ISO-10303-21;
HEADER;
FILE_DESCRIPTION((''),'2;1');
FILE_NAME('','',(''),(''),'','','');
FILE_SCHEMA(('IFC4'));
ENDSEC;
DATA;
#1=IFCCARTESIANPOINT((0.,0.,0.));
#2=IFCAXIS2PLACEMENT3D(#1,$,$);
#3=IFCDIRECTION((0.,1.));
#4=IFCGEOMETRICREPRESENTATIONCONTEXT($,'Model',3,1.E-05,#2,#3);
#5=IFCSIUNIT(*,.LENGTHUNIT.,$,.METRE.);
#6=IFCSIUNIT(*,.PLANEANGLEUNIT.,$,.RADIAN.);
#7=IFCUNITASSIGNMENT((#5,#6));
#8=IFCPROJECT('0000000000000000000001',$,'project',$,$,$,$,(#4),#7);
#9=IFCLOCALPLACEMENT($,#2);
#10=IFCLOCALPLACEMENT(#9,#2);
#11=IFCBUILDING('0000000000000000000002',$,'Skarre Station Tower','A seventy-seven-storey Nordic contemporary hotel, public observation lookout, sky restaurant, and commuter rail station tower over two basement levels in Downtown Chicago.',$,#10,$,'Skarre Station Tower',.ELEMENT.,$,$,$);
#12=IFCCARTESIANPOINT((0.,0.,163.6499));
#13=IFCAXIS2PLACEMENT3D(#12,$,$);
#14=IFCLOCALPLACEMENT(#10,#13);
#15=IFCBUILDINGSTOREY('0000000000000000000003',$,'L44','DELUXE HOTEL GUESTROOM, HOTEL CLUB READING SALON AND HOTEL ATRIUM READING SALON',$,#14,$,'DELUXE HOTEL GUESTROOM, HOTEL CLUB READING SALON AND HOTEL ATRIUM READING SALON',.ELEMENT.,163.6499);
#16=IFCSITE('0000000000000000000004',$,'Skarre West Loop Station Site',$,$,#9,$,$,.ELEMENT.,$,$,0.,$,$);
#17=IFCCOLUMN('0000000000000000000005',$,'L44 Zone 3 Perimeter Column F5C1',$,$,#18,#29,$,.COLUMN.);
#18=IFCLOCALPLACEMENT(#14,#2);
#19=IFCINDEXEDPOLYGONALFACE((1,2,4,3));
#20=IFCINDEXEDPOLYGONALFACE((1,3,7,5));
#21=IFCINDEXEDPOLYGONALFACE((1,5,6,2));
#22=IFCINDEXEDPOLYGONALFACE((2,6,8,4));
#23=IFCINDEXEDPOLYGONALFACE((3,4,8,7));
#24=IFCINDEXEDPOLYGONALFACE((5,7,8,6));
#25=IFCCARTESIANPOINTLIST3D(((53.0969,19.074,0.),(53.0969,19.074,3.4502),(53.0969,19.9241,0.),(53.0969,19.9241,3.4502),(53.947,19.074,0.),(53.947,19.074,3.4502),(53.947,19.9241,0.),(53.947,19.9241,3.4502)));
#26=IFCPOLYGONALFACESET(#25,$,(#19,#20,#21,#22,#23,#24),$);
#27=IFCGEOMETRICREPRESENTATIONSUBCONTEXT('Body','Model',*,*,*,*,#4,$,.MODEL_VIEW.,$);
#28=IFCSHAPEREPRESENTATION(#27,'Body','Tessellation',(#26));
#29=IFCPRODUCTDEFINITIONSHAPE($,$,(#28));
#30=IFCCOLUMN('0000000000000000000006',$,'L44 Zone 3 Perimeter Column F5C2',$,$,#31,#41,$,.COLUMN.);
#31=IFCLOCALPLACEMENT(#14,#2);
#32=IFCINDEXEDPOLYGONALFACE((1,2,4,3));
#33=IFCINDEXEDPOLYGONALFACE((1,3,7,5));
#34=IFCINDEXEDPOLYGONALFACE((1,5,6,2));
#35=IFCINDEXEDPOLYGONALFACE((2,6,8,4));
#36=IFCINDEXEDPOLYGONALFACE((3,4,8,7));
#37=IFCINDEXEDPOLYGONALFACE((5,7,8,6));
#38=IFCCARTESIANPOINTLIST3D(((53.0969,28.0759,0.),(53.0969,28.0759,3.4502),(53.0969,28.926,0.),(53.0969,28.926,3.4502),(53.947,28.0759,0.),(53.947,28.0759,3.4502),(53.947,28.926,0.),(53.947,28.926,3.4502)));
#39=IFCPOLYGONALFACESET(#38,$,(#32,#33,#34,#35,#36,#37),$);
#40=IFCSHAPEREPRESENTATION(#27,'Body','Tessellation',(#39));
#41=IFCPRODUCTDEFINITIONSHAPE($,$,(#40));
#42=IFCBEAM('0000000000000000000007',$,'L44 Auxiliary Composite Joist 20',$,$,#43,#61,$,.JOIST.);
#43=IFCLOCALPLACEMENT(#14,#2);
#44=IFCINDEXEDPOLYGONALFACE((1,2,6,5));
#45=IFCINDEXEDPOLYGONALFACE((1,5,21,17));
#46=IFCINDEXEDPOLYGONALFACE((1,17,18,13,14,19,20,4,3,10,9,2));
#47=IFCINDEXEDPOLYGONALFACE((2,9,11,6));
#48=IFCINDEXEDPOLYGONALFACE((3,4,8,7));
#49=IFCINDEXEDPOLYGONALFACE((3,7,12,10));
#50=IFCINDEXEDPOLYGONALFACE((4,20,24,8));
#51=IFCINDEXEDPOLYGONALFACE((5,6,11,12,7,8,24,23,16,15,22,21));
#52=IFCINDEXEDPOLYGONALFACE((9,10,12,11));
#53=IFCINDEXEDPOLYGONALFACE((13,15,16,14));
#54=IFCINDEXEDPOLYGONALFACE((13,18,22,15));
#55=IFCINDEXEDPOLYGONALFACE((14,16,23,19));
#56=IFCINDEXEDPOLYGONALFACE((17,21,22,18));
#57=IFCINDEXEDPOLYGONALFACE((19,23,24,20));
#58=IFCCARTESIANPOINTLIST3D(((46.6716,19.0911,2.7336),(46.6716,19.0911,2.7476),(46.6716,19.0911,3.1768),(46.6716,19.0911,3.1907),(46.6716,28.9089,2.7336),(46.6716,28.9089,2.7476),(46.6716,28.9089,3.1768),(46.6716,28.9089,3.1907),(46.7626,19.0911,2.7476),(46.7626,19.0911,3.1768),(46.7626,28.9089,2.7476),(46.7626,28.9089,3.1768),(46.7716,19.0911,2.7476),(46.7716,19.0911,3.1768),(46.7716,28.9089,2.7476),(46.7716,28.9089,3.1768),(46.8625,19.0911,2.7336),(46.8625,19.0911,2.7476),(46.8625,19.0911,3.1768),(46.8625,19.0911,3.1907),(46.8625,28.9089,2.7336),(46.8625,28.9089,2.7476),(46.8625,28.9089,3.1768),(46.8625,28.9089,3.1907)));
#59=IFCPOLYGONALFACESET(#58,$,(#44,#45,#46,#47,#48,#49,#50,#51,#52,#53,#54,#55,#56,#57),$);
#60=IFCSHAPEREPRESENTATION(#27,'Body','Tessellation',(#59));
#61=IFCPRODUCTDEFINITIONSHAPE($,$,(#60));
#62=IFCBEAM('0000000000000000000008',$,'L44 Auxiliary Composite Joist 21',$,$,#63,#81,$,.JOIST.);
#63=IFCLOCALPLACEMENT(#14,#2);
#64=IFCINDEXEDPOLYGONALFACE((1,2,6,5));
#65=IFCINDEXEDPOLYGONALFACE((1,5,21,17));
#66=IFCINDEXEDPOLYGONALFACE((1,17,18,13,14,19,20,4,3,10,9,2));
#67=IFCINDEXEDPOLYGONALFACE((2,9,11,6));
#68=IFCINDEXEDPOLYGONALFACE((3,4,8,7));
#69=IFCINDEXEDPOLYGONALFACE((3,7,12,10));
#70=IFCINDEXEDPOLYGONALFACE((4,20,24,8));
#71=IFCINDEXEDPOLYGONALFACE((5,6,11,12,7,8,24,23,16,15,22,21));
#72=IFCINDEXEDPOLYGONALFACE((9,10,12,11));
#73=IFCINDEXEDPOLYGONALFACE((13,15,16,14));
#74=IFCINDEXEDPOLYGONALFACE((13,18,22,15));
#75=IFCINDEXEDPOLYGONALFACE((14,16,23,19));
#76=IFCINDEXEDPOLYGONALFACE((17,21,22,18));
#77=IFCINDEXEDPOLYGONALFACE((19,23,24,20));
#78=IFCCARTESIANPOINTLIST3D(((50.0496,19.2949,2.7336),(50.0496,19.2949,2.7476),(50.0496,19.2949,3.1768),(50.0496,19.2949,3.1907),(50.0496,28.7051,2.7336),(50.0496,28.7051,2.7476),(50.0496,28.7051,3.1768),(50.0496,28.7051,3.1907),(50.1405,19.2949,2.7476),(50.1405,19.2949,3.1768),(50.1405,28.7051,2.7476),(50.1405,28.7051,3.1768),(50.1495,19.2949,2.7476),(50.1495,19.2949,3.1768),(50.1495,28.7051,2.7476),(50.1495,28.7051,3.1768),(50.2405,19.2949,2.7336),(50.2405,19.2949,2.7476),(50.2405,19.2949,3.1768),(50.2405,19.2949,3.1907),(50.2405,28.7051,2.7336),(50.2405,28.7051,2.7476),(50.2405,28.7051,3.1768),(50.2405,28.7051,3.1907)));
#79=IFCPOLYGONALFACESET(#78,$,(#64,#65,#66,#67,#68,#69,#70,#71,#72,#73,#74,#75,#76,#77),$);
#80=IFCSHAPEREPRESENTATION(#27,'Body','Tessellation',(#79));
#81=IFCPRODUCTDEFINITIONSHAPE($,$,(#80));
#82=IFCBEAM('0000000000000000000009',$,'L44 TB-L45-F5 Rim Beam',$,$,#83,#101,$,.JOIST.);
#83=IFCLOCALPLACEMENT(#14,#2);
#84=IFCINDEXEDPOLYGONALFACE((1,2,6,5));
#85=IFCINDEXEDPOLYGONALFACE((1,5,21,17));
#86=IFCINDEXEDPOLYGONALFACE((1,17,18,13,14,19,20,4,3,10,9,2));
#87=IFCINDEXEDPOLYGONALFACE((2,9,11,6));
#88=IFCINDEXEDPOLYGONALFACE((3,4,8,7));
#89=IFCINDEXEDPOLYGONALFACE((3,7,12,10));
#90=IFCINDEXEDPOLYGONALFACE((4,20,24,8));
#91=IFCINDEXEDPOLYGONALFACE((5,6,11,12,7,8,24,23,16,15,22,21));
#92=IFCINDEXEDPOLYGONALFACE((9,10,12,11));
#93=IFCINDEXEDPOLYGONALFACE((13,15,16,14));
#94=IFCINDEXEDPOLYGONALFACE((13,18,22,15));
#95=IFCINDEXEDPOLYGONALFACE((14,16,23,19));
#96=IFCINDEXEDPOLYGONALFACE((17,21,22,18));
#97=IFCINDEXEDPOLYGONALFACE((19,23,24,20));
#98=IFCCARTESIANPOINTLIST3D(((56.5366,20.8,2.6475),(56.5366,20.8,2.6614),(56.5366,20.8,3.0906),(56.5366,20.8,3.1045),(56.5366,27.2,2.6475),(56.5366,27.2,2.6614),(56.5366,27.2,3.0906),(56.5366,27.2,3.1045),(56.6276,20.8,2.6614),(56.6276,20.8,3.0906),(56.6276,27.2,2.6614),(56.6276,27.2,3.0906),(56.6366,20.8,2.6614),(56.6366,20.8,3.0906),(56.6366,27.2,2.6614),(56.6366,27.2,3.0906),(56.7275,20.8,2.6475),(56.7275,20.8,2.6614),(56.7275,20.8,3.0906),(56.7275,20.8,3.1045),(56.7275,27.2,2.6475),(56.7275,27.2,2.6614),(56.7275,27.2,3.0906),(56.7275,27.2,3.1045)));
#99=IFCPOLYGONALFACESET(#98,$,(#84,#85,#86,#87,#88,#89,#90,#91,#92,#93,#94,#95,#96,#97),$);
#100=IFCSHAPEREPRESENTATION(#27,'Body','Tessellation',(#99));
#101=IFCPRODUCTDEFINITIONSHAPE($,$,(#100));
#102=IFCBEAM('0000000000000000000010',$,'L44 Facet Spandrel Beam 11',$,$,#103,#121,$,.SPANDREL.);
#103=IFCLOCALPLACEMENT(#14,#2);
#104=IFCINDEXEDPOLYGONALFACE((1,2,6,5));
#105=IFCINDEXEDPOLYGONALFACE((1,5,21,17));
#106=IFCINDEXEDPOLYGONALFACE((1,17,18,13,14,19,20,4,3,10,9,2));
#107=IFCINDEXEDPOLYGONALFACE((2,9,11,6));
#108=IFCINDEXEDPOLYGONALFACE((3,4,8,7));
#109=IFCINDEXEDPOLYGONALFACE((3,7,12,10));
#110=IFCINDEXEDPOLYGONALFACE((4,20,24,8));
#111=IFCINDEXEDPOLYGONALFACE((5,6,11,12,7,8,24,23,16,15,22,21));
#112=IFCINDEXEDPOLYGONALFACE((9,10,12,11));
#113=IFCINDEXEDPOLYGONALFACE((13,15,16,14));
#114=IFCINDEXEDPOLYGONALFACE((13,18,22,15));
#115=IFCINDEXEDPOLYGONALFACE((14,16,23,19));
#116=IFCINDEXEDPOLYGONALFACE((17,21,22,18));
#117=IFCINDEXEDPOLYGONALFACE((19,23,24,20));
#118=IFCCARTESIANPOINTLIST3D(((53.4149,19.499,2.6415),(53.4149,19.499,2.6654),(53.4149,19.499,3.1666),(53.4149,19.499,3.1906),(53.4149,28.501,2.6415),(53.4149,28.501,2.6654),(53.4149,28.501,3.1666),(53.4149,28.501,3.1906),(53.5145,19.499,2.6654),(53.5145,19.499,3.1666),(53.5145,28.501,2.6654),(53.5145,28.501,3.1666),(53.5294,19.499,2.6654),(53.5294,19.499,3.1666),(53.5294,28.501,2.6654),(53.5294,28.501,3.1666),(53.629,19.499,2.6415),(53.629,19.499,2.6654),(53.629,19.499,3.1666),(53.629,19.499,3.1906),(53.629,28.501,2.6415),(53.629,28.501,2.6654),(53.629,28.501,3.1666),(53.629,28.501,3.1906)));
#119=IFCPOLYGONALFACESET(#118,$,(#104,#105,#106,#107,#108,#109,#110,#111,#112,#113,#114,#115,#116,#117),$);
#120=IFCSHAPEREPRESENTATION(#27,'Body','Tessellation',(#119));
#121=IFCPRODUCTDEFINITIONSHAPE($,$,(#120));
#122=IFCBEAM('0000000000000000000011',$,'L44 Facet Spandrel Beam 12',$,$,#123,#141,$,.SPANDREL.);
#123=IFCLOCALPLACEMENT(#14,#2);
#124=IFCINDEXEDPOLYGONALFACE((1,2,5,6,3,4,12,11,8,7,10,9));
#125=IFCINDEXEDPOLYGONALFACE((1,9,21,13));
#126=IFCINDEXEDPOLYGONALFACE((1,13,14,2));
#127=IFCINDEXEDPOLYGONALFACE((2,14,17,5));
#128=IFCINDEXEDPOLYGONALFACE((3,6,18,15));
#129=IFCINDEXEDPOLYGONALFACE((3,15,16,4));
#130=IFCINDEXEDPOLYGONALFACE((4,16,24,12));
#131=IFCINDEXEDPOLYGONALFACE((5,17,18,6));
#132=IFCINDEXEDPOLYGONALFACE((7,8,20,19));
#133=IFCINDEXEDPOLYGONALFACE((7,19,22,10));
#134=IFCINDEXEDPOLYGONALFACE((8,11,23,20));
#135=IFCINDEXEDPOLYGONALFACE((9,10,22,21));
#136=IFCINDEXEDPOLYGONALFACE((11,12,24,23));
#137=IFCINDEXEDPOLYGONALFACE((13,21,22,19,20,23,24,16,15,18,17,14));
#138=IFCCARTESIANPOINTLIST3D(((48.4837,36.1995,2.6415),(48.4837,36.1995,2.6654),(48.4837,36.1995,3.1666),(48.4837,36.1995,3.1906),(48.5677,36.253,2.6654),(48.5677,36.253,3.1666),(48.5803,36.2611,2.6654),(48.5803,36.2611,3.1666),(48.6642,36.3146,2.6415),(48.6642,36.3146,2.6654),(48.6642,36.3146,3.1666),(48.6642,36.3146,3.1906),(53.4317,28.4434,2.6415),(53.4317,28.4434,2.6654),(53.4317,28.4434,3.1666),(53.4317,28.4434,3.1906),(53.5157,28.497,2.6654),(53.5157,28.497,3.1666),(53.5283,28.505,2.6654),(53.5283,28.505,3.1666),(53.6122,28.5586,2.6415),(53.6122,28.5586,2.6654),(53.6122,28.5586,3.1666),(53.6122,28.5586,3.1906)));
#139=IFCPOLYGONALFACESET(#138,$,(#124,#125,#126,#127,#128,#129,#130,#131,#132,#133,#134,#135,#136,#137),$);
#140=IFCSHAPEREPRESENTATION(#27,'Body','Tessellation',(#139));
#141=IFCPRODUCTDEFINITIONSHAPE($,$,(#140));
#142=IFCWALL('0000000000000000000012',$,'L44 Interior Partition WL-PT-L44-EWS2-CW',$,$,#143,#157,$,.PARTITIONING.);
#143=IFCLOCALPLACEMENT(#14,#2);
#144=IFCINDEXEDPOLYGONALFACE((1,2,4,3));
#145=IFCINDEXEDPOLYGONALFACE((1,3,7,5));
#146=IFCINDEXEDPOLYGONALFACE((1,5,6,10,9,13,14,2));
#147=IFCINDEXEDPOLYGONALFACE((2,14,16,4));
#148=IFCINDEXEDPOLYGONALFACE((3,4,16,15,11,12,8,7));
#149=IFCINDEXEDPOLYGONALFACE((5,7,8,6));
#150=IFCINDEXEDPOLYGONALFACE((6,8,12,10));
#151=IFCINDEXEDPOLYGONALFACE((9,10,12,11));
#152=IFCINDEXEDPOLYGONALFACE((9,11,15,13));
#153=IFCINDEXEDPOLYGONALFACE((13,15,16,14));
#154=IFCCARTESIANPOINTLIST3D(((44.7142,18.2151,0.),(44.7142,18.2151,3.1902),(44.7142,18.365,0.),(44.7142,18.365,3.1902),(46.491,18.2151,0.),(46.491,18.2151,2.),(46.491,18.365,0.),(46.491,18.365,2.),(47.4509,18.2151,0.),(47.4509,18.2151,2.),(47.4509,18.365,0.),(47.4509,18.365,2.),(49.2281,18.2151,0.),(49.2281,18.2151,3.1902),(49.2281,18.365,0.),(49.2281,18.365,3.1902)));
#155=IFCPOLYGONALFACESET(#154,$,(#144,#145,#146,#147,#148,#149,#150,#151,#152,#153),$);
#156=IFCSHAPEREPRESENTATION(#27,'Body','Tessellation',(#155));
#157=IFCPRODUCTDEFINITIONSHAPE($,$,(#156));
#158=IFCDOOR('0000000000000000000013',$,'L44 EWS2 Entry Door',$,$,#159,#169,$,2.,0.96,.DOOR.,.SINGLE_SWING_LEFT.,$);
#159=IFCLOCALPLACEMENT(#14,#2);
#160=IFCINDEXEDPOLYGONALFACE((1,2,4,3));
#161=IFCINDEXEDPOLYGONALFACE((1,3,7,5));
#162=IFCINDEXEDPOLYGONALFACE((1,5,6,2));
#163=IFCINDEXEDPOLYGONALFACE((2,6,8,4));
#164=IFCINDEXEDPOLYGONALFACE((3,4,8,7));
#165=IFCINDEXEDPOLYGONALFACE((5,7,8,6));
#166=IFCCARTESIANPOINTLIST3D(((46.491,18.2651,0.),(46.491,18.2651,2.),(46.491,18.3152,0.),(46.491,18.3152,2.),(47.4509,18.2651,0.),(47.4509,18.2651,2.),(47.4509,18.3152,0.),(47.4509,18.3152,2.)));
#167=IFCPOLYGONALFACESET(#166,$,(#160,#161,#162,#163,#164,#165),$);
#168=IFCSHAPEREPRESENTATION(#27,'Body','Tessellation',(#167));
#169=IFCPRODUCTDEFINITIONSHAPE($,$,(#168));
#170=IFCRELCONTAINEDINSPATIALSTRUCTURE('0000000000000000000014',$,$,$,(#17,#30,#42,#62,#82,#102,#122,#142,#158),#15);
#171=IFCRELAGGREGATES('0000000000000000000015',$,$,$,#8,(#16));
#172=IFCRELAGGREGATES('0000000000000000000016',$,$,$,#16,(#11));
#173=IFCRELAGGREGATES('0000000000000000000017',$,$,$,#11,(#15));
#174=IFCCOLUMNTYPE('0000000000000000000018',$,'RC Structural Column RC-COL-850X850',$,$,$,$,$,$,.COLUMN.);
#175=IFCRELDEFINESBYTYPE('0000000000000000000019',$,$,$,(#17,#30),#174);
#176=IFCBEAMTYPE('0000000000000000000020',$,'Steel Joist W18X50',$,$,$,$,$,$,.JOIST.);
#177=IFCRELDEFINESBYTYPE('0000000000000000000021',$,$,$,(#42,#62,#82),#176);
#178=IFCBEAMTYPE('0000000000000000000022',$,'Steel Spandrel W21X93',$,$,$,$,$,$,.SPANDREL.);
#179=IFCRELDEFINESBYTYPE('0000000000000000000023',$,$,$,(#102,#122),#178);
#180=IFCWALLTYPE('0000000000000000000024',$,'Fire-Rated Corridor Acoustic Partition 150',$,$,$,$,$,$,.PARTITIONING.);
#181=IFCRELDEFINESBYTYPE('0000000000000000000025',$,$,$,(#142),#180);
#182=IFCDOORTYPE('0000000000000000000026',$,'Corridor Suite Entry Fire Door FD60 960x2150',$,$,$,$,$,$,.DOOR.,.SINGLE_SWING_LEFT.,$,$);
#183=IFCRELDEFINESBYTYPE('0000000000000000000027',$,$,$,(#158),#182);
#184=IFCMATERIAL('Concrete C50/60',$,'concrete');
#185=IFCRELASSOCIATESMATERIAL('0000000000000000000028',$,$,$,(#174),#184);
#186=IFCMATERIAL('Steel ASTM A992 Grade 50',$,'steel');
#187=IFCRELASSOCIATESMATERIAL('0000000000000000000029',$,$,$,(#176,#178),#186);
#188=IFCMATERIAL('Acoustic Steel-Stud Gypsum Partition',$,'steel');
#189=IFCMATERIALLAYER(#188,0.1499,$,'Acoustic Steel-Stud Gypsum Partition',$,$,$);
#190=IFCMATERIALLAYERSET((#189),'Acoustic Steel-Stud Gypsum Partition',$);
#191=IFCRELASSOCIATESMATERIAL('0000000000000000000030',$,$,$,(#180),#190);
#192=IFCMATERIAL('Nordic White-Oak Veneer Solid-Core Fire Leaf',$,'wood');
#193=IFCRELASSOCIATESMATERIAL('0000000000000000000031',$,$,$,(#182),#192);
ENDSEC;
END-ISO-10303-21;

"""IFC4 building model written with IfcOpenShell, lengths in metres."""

from ifc_helpers import new_model, si_unit, direction, frame, frame_2d, origin, origin_2d, place, context, subcontext, project, spatial, rectangle, i_section, extrude, material, layer, layer_set, material_profile, profile_set, type_object, element, fill, save


model = new_model("IFC4")

# Units and contexts
model_context = context("Model", 3, precision=1e-05, world=origin(), true_north=direction((0.0, 1.0)))
body_context = subcontext(model_context, "Body", "Model", "MODEL_VIEW")
ifc_project = project(units=[si_unit("LENGTHUNIT", "METRE"), si_unit("PLANEANGLEUNIT", "RADIAN")], contexts=[model_context])

# Site, building, storey
site_placement = place(None, origin())
site = spatial("IfcSite", under=ifc_project, at=site_placement, Name="Skarre West Loop Station Site", CompositionType="ELEMENT", RefElevation=0.0)
building_placement = place(site_placement, origin())
building = spatial("IfcBuilding", under=site, at=building_placement, Name="Skarre Station Tower", Description="A seventy-seven-storey Nordic contemporary hotel, public observation lookout, sky restaurant, and commuter rail station tower over two basement levels in Downtown Chicago.", LongName="Skarre Station Tower", CompositionType="ELEMENT")
storey_placement = place(building_placement, frame((0.0, 0.0, 163.6499)))
storey = spatial("IfcBuildingStorey", under=building, at=storey_placement, Name="L44", Description="DELUXE HOTEL GUESTROOM, HOTEL CLUB READING SALON AND HOTEL ATRIUM READING SALON", LongName="DELUXE HOTEL GUESTROOM, HOTEL CLUB READING SALON AND HOTEL ATRIUM READING SALON", CompositionType="ELEMENT", Elevation=163.6499)

# Columns
ifc_material_1 = material(Name="Concrete C50/60", Category="concrete")
ifc_material_profile_1 = material_profile(ifc_material_1, rectangle(XDim=0.8501, YDim=0.8501, at=origin_2d()), Name="Concrete C50/60")
ifc_profile_set_1 = profile_set([ifc_material_profile_1], Name="Concrete C50/60")
column_type = type_object("IfcColumnType", Name="RC Structural Column RC-COL-850X850", PredefinedType="COLUMN", material=ifc_profile_set_1)
for number, where, z_axis, x_axis, name in (
    (1, (53.522, 19.499, 0.0), (0.0, 0.0, 1.0), (1.0, 0.0, 0.0), "L44 Zone 3 Perimeter Column F5C1"),
    (2, (53.522, 28.501, 0.0), (0.0, 0.0, 1.0), (1.0, 0.0, 0.0), "L44 Zone 3 Perimeter Column F5C2"),
):
    element("IfcColumn", number, at=place(storey_placement, frame(where, z_axis=z_axis, x_axis=x_axis)), inside=storey, type_object=column_type, Name=name, PredefinedType="COLUMN", context=body_context, shape_type="SweptSolid", body=[
        extrude(rectangle(XDim=0.8501, YDim=0.8501, at=origin_2d()), origin(), (0.0, 0.0, 1.0), 3.4502),
    ])

# Beams
ifc_material_2 = material(Name="Steel ASTM A992 Grade 50", Category="steel")
ifc_material_profile_2 = material_profile(ifc_material_2, i_section(OverallWidth=0.1909, OverallDepth=0.457, WebThickness=0.009, FlangeThickness=0.0139, at=origin_2d()), Name="Steel ASTM A992 Grade 50")
ifc_profile_set_2 = profile_set([ifc_material_profile_2], Name="Steel ASTM A992 Grade 50")
beam_type_1 = type_object("IfcBeamType", Name="Steel Joist W18X50", PredefinedType="JOIST", material=ifc_profile_set_2)
beam_1_placement = place(storey_placement, frame((46.7671, 19.0911, 2.9622), z_axis=(0.0, 1.0, 0.0), x_axis=(-1.0, 0.0, 0.0)))
element("IfcBeam", 3, at=beam_1_placement, inside=storey, type_object=beam_type_1, Name="L44 Auxiliary Composite Joist 20", PredefinedType="JOIST", context=body_context, shape_type="SweptSolid", body=[
    extrude(i_section(OverallWidth=0.1909, OverallDepth=0.457, WebThickness=0.009, FlangeThickness=0.0139, at=origin_2d()), origin(), (0.0, 0.0, 1.0), 9.8179),
])
beam_2_placement = place(storey_placement, frame((50.145, 19.2949, 2.9622), z_axis=(0.0, 1.0, 0.0), x_axis=(-1.0, 0.0, 0.0)))
element("IfcBeam", 4, at=beam_2_placement, inside=storey, type_object=beam_type_1, Name="L44 Auxiliary Composite Joist 21", PredefinedType="JOIST", context=body_context, shape_type="SweptSolid", body=[
    extrude(i_section(OverallWidth=0.1909, OverallDepth=0.457, WebThickness=0.009, FlangeThickness=0.0139, at=origin_2d()), origin(), (0.0, 0.0, 1.0), 9.4102),
])
beam_3_placement = place(storey_placement, frame((56.6321, 20.8, 2.876), z_axis=(0.0, 1.0, 0.0), x_axis=(-1.0, 0.0, 0.0)))
element("IfcBeam", 5, at=beam_3_placement, inside=storey, type_object=beam_type_1, Name="L44 TB-L45-F5 Rim Beam", PredefinedType="JOIST", context=body_context, shape_type="SweptSolid", body=[
    extrude(i_section(OverallWidth=0.1909, OverallDepth=0.457, WebThickness=0.009, FlangeThickness=0.0139, at=origin_2d()), origin(), (0.0, 0.0, 1.0), 6.3999),
])
ifc_material_profile_3 = material_profile(ifc_material_2, i_section(OverallWidth=0.2141, OverallDepth=0.5491, WebThickness=0.0149, FlangeThickness=0.0239, at=origin_2d()), Name="Steel ASTM A992 Grade 50")
ifc_profile_set_3 = profile_set([ifc_material_profile_3], Name="Steel ASTM A992 Grade 50")
beam_type_2 = type_object("IfcBeamType", Name="Steel Spandrel W21X93", PredefinedType="SPANDREL", material=ifc_profile_set_3)
beam_4_placement = place(storey_placement, frame((53.522, 19.499, 2.916), z_axis=(0.0, 1.0, 0.0), x_axis=(-1.0, 0.0, 0.0)))
element("IfcBeam", 6, at=beam_4_placement, inside=storey, type_object=beam_type_2, Name="L44 Facet Spandrel Beam 11", PredefinedType="SPANDREL", context=body_context, shape_type="SweptSolid", body=[
    extrude(i_section(OverallWidth=0.2141, OverallDepth=0.5491, WebThickness=0.0149, FlangeThickness=0.0239, at=origin_2d()), origin(), (0.0, 0.0, 1.0), 9.002),
])
beam_5_placement = place(storey_placement, frame((53.522, 28.501, 2.916), z_axis=(-0.537826, 0.843056, 0.0), x_axis=(-0.843056, -0.537826, 0.0)))
element("IfcBeam", 7, at=beam_5_placement, inside=storey, type_object=beam_type_2, Name="L44 Facet Spandrel Beam 12", PredefinedType="SPANDREL", context=body_context, shape_type="SweptSolid", body=[
    extrude(i_section(OverallWidth=0.2141, OverallDepth=0.5491, WebThickness=0.0149, FlangeThickness=0.0239, at=origin_2d()), origin(), (0.0, 0.0, 1.0), 9.2),
])

# Wall, opening, door
ifc_material_3 = material(Name="Acoustic Steel-Stud Gypsum Partition", Category="steel")
ifc_layer_1 = layer(ifc_material_3, 0.1499, Name="Acoustic Steel-Stud Gypsum Partition")
ifc_layer_set_1 = layer_set([ifc_layer_1], Name="Acoustic Steel-Stud Gypsum Partition")
wall_type_1 = type_object("IfcWallType", Name="Fire-Rated Corridor Acoustic Partition 150", PredefinedType="PARTITIONING", material=ifc_layer_set_1)
wall_1_placement = place(storey_placement, frame((49.228, 18.29, 0.0), z_axis=(0.0, 0.0, 1.0), x_axis=(-1.0, 0.0, 0.0)))
wall_1 = element("IfcWall", 8, at=wall_1_placement, inside=storey, type_object=wall_type_1, Name="L44 Interior Partition WL-PT-L44-EWS2-CW", PredefinedType="PARTITIONING", context=body_context, shape_type="SweptSolid", body=[
    extrude(rectangle(XDim=4.5139, YDim=0.1499, at=frame_2d((2.2568, 0.0))), origin(), (0.0, 0.0, 1.0), 3.1902),
])
opening_1_placement = place(wall_1_placement, frame((1.7771, 0.0, 0.0)))
opening_1 = element("IfcOpeningElement", 9, at=opening_1_placement, cuts=wall_1, PredefinedType="OPENING", context=body_context, shape_type="SweptSolid", body=[
    extrude(rectangle(XDim=0.96, YDim=2.0, at=frame_2d((0.48, 1.0))), frame((0.0, 0.085, 0.0), z_axis=(0.0, -1.0, 0.0), x_axis=(1.0, 0.0, 0.0)), (0.0, 0.0, 1.0), 0.1699),
])
ifc_material_4 = material(Name="Nordic White-Oak Veneer Solid-Core Fire Leaf", Category="wood")
door_type_1 = type_object("IfcDoorType", Name="Corridor Suite Entry Fire Door FD60 960x2150", OperationType="SINGLE_SWING_LEFT", PredefinedType="DOOR", material=ifc_material_4)
door_1_placement = place(opening_1_placement, origin())
door_1 = element("IfcDoor", 10, at=door_1_placement, inside=storey, type_object=door_type_1, Name="L44 EWS2 Entry Door", OperationType="SINGLE_SWING_LEFT", OverallHeight=2.0, OverallWidth=0.96, PredefinedType="DOOR", context=body_context, shape_type="SweptSolid", body=[
    extrude(rectangle(XDim=0.96, YDim=2.0, at=frame_2d((0.48, 1.0))), frame((0.0, 0.0249, 0.0), z_axis=(0.0, -1.0, 0.0), x_axis=(1.0, 0.0, 0.0)), (0.0, 0.0, 1.0), 0.05),
])
fill(opening_1, door_1)

save(model, "model.ifc")
